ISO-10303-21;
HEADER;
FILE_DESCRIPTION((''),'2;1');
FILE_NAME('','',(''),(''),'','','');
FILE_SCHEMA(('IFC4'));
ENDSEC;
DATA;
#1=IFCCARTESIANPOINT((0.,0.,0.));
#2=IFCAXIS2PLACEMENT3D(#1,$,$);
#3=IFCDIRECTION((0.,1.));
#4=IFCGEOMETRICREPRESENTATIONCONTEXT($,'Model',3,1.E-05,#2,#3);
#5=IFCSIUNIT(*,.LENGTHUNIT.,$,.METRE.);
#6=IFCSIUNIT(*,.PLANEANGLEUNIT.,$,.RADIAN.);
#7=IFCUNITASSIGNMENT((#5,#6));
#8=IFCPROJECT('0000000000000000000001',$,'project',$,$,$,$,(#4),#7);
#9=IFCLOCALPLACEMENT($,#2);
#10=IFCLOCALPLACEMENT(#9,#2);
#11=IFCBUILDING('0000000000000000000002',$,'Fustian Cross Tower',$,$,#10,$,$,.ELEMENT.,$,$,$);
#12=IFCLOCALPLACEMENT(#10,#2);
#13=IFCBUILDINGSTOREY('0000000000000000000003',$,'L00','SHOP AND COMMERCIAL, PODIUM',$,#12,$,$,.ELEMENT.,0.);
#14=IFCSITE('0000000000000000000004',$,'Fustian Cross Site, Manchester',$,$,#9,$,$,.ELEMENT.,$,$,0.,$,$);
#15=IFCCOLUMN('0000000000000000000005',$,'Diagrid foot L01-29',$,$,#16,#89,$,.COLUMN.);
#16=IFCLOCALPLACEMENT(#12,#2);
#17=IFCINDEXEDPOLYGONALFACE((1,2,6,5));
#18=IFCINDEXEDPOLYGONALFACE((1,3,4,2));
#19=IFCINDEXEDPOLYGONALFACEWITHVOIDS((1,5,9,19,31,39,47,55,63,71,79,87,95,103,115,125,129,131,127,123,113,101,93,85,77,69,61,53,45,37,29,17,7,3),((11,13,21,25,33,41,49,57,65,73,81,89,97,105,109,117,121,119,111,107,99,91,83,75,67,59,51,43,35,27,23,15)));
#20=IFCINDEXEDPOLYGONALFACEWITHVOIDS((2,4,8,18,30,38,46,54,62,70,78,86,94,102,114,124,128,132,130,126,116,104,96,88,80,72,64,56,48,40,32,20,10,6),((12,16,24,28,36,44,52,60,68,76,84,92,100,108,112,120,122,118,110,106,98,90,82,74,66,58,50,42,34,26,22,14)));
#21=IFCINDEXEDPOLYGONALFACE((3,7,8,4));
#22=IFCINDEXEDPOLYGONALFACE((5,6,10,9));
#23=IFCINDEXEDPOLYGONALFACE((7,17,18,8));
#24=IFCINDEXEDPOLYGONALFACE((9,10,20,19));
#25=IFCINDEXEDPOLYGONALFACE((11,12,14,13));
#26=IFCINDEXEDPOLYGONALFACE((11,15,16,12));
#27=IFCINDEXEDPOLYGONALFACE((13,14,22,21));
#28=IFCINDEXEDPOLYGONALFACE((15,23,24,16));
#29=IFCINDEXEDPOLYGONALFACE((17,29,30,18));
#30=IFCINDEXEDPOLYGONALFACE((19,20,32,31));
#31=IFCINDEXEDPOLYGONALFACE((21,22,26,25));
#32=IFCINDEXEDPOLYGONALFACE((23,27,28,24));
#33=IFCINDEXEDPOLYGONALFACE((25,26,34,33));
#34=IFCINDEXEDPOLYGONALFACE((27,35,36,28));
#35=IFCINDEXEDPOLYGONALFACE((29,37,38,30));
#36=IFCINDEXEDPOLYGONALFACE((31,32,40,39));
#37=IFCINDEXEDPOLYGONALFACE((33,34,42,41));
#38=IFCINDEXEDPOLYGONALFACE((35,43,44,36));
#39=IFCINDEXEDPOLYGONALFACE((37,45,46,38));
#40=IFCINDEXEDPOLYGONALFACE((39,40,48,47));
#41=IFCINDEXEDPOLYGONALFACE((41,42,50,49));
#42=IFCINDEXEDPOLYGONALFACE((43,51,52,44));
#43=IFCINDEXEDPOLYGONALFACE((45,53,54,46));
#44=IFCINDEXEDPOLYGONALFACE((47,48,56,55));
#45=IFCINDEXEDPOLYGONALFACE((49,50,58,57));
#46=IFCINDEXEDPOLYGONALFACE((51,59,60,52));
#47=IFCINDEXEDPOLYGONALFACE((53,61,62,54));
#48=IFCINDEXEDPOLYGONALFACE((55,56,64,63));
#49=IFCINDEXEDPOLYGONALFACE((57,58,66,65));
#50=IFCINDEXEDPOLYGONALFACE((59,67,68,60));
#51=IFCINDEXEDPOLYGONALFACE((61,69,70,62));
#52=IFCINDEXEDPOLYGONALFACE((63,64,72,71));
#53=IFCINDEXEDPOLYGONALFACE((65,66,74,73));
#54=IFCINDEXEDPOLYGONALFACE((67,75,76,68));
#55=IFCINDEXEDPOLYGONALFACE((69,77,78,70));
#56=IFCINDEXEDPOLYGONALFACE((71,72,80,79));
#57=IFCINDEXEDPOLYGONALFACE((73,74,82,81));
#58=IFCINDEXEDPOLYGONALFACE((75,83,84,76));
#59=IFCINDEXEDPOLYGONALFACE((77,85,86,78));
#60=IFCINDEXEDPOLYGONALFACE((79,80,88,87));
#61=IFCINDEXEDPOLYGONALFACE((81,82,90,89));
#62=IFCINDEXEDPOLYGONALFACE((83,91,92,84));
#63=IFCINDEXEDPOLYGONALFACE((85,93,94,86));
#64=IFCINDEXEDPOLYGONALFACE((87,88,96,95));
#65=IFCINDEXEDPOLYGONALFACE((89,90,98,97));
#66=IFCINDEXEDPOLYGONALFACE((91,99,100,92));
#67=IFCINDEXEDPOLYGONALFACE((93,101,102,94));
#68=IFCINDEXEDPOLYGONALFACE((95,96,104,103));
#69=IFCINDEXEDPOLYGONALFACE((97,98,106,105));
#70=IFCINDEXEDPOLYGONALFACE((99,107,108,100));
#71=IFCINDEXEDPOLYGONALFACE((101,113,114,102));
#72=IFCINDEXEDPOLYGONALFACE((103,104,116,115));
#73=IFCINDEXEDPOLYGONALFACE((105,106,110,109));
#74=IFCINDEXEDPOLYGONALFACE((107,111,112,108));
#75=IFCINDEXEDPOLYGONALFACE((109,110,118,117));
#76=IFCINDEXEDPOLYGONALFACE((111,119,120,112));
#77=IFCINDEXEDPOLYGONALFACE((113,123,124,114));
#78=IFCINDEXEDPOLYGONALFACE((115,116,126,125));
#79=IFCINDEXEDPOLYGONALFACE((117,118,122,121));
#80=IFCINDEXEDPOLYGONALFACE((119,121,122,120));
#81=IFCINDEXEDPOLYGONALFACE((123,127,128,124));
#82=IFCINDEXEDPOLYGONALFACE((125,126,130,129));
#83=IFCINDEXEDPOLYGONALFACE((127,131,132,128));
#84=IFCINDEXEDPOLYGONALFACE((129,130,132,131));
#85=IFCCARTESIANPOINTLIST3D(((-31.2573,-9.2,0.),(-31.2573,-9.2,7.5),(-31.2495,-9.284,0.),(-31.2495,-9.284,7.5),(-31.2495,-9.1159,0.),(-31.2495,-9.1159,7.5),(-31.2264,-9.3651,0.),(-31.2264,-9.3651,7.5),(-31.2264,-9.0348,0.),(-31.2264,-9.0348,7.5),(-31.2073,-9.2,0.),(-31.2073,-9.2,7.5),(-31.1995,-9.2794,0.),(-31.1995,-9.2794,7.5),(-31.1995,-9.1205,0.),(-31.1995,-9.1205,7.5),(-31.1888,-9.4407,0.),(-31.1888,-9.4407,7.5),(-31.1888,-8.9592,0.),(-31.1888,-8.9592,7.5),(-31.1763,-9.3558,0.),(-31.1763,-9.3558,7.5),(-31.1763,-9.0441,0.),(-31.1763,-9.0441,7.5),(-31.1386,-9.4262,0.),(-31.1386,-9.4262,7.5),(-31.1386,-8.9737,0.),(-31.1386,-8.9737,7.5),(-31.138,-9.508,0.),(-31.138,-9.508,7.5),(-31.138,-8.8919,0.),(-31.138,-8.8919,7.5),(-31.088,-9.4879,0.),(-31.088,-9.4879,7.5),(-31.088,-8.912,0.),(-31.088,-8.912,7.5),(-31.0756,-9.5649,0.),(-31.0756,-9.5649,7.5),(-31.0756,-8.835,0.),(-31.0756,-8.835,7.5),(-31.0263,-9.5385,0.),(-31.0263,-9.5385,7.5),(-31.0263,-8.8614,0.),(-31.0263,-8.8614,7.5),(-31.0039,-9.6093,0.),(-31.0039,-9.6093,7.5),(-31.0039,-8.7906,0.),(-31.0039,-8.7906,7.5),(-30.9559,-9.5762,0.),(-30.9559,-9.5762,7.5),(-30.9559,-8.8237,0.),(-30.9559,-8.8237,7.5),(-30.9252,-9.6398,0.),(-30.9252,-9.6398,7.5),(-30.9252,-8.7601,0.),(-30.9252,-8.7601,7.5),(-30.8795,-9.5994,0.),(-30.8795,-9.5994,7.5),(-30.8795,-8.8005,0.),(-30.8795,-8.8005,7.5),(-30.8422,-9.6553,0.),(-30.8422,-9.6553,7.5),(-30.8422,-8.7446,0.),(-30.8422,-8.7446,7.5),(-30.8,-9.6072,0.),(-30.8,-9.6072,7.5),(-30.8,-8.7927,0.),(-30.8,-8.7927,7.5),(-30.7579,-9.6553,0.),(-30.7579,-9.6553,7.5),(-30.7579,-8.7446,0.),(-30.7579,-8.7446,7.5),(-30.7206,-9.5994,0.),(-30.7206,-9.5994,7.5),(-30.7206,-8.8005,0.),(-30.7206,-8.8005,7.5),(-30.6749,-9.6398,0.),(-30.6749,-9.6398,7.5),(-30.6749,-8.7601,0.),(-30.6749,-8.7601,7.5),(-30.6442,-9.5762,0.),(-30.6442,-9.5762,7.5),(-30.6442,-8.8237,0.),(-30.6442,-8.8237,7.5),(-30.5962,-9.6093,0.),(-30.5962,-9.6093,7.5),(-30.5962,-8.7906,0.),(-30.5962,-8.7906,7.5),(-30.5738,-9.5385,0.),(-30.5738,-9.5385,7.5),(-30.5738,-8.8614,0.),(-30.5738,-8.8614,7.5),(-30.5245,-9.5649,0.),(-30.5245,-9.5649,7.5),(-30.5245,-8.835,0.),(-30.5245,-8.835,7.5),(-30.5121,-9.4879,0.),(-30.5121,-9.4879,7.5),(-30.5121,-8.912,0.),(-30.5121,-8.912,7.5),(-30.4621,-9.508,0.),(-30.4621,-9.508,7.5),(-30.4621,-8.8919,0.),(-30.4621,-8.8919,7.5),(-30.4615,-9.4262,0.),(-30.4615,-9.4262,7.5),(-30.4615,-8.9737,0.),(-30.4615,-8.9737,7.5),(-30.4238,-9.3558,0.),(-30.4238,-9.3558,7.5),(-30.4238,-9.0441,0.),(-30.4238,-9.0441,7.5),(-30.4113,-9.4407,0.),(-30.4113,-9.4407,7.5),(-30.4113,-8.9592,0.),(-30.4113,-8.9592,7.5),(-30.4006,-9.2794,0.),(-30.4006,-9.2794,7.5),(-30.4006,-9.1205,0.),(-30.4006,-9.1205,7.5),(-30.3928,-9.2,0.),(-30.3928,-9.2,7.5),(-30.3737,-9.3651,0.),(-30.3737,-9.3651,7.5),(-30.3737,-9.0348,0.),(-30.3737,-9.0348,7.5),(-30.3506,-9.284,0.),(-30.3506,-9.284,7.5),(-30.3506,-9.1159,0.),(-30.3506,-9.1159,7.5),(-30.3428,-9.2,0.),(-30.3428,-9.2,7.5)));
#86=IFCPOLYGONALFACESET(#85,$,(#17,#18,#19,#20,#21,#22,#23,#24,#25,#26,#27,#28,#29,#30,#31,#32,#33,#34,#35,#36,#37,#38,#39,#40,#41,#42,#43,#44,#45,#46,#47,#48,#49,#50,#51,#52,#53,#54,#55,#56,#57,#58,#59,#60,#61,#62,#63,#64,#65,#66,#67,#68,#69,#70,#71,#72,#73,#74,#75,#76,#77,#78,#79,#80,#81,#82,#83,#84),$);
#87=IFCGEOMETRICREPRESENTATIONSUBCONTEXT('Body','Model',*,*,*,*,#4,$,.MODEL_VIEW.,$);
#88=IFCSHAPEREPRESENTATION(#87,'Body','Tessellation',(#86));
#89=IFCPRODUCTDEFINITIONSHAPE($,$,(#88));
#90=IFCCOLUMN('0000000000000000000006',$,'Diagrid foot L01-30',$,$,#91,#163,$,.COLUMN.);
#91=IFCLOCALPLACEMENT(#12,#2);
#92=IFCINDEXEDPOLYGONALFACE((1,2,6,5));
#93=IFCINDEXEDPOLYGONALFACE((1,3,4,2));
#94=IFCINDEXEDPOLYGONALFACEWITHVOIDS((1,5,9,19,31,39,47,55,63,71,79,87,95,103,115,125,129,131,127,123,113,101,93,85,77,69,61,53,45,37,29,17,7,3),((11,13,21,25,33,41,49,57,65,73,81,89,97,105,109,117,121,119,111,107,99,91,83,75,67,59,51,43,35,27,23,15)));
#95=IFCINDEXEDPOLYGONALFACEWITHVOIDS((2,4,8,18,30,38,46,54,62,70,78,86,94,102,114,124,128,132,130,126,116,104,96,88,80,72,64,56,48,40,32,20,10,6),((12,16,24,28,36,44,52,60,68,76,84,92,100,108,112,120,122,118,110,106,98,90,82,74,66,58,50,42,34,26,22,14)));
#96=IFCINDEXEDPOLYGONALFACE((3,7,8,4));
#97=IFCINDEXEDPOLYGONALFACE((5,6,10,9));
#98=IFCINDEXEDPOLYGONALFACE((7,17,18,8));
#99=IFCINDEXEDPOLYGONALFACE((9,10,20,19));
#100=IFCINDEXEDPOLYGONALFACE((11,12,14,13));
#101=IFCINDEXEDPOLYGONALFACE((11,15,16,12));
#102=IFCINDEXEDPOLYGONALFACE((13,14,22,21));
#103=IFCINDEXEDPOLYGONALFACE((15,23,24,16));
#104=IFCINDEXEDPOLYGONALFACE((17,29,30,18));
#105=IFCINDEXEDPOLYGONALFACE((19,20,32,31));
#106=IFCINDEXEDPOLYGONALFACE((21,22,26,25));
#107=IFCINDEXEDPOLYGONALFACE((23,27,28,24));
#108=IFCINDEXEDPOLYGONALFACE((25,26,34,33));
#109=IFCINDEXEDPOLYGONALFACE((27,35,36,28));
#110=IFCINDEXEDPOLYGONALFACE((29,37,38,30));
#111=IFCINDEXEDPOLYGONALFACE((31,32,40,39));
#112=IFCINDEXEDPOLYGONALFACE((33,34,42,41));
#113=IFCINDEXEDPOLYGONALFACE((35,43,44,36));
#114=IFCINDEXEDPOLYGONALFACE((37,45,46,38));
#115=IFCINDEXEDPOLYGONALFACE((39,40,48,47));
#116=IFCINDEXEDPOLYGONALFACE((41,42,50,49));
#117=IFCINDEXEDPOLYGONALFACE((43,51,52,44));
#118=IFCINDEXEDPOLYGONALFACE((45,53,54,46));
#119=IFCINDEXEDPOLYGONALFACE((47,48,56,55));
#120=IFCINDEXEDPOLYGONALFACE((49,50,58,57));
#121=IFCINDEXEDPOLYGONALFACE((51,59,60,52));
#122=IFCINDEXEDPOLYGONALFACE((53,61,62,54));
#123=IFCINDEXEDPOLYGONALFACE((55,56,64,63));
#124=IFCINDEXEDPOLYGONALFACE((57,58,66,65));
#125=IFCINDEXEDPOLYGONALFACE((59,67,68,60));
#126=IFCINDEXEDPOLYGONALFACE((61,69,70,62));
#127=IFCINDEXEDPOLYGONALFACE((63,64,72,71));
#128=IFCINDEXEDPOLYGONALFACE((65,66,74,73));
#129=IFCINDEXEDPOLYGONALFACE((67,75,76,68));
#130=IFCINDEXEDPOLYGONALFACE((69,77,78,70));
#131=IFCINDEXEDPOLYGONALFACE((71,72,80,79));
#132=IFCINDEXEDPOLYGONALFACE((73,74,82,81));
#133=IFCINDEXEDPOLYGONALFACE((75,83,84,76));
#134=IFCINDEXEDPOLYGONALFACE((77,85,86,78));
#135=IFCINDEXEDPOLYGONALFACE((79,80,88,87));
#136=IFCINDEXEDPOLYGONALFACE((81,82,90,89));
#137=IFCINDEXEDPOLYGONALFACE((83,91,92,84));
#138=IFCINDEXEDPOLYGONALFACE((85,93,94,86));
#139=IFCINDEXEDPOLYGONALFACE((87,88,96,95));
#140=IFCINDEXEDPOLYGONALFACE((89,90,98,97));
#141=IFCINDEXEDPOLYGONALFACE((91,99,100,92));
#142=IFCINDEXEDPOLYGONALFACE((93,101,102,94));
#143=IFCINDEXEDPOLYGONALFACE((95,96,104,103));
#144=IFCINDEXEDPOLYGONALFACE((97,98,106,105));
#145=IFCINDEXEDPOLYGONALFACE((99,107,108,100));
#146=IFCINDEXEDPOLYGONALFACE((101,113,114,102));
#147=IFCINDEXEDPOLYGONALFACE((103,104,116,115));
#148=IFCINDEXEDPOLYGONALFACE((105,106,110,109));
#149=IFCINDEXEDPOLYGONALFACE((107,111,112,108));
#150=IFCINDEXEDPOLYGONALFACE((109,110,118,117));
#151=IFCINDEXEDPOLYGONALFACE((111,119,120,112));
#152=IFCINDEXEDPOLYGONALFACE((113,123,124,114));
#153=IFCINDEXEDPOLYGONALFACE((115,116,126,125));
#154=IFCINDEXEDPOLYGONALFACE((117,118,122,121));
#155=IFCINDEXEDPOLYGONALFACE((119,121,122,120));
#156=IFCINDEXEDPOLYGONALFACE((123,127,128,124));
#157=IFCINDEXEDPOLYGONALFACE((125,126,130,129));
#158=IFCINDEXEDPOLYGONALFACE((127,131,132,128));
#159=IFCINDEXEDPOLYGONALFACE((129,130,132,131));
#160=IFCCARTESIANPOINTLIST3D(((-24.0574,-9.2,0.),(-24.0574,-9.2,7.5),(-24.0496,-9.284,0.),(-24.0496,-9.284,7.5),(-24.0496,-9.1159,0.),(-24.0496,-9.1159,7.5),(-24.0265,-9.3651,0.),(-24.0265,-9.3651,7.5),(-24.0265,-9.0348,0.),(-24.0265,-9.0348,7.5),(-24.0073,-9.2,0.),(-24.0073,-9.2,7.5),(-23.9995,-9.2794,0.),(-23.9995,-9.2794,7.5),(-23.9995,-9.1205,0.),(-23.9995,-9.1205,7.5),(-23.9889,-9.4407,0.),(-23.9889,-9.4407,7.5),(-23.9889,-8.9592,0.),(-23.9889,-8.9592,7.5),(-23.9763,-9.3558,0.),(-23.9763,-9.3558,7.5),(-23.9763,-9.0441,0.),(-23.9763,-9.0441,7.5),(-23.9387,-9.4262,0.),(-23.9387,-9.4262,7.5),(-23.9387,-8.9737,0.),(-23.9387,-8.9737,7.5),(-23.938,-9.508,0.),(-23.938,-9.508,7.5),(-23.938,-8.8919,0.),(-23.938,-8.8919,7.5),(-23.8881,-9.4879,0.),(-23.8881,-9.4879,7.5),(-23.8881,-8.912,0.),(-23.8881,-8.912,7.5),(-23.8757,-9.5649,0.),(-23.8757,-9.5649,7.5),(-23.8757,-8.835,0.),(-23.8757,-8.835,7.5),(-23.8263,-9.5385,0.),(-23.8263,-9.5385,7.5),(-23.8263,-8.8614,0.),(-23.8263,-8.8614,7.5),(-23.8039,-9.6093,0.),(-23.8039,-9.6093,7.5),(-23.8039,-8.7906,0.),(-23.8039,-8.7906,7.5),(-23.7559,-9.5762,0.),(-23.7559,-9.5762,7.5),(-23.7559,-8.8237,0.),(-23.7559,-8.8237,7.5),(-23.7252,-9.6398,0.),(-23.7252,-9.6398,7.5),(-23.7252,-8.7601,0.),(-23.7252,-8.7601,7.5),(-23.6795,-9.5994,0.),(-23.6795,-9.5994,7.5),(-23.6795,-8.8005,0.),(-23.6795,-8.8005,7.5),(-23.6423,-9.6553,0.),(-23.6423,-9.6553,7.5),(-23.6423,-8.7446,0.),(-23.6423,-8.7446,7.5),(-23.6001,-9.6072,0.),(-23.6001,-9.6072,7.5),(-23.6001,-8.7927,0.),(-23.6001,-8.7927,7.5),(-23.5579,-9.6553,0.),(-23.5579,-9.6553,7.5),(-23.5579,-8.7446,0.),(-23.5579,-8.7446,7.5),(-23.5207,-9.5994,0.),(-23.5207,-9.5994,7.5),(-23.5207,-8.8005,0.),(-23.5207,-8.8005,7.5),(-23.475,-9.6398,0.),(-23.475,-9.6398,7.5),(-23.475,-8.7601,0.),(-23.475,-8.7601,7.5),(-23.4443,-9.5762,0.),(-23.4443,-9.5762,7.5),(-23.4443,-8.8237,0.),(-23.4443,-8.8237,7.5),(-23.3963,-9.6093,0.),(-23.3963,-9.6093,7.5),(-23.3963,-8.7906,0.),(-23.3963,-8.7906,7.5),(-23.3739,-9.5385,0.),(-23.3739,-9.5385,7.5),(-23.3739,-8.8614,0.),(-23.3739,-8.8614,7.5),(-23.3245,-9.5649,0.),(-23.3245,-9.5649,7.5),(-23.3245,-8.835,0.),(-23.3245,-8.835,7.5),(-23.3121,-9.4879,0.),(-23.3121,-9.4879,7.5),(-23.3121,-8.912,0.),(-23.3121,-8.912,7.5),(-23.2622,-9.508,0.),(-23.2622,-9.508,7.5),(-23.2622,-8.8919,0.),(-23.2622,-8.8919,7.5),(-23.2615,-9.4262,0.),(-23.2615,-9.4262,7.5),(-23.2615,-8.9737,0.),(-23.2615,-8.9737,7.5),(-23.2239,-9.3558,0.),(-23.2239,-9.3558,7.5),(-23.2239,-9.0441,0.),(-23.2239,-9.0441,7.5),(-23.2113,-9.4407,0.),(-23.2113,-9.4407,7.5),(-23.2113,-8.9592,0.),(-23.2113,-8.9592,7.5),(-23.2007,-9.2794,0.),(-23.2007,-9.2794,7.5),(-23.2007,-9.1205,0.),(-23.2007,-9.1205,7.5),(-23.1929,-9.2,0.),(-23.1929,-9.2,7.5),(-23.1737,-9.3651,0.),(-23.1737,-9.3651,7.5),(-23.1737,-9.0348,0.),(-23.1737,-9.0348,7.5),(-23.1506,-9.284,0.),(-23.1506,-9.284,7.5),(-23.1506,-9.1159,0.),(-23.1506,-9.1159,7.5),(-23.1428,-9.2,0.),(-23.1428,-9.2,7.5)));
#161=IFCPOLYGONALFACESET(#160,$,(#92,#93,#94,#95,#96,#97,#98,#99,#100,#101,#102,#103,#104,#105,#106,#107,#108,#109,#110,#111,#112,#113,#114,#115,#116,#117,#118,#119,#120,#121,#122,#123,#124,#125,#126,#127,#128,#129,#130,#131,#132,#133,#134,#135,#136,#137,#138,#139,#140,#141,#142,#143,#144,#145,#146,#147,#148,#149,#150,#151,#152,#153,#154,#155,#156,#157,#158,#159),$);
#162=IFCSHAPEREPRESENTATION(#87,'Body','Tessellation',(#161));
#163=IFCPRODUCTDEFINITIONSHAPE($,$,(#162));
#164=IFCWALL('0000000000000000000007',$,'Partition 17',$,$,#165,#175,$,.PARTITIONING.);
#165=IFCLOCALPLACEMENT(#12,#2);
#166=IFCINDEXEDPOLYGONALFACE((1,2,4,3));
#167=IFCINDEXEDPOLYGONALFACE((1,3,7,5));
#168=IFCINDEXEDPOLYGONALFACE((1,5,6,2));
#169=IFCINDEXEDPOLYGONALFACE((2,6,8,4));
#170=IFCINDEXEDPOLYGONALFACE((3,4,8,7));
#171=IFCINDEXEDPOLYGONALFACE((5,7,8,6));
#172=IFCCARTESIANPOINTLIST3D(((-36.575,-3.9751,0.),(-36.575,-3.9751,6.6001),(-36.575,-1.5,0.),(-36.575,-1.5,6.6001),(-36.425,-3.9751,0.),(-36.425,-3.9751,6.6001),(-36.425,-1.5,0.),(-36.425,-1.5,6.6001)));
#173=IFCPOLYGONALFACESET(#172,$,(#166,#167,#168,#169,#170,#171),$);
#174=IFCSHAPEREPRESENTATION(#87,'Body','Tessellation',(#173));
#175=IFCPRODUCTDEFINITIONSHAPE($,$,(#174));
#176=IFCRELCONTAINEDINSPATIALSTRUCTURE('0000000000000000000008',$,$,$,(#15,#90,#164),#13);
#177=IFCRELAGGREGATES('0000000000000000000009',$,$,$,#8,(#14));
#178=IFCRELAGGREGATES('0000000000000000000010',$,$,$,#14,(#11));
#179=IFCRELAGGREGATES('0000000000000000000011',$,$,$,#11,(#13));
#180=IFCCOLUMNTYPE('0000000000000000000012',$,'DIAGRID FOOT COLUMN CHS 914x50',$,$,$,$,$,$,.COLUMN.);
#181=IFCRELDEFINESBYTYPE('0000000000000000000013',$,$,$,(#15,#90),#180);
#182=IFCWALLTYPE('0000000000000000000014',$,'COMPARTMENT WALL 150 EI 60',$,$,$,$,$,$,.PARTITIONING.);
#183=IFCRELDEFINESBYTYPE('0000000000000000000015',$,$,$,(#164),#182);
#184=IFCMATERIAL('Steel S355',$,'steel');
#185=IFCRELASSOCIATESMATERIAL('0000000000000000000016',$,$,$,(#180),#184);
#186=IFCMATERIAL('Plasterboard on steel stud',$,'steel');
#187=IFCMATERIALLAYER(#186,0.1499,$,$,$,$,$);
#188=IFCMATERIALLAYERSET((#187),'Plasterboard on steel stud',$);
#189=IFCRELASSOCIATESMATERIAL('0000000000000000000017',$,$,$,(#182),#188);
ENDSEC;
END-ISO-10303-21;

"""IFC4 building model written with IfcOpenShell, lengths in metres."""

from ifc_helpers import new_model, si_unit, direction, frame, frame_2d, origin, origin_2d, place, context, subcontext, project, spatial, rectangle, hollow_circle, extrude, material, layer, layer_set, material_profile, profile_set, type_object, element, save


model = new_model("IFC4")

# Units and contexts
model_context = context("Model", 3, precision=1e-05, world=origin(), true_north=direction((0.0, 1.0)))
body_context = subcontext(model_context, "Body", "Model", "MODEL_VIEW")
ifc_project = project(units=[si_unit("LENGTHUNIT", "METRE"), si_unit("PLANEANGLEUNIT", "RADIAN")], contexts=[model_context])

# Site, building, storey
site_placement = place(None, origin())
site = spatial("IfcSite", under=ifc_project, at=site_placement, Name="Fustian Cross Site, Manchester", CompositionType="ELEMENT", RefElevation=0.0)
building_placement = place(site_placement, origin())
building = spatial("IfcBuilding", under=site, at=building_placement, Name="Fustian Cross Tower", CompositionType="ELEMENT")
storey_placement = place(building_placement, origin())
storey = spatial("IfcBuildingStorey", under=building, at=storey_placement, Name="L00", Description="SHOP AND COMMERCIAL, PODIUM", CompositionType="ELEMENT", Elevation=0.0)

# Columns
ifc_material_1 = material(Name="Steel S355", Category="steel")
ifc_material_profile_1 = material_profile(ifc_material_1, hollow_circle(Radius=0.4573, WallThickness=0.05, at=origin_2d()), Name="CHS 914x50")
ifc_profile_set_1 = profile_set([ifc_material_profile_1], Name="Steel S355")
column_type_1 = type_object("IfcColumnType", Name="DIAGRID FOOT COLUMN CHS 914x50", PredefinedType="COLUMN", material=ifc_profile_set_1)
for number, where, z_axis, x_axis, name in (
    (1, (-30.8, -9.2, 0.0), (0.0, 0.0, 1.0), (1.0, 0.0, 0.0), "Diagrid foot L01-29"),
    (2, (-23.6001, -9.2, 0.0), (0.0, 0.0, 1.0), (1.0, 0.0, 0.0), "Diagrid foot L01-30"),
):
    element("IfcColumn", number, at=place(storey_placement, frame(where, z_axis=z_axis, x_axis=x_axis)), inside=storey, type_object=column_type_1, Name=name, PredefinedType="COLUMN", context=body_context, shape_type="SweptSolid", body=[
        extrude(hollow_circle(Radius=0.4573, WallThickness=0.05, at=origin_2d()), origin(), (0.0, 0.0, 1.0), 7.5),
    ])

# Wall
ifc_material_2 = material(Name="Plasterboard on steel stud", Category="steel")
ifc_layer = layer(ifc_material_2, 0.1499)
ifc_layer_set = layer_set([ifc_layer], Name="Plasterboard on steel stud")
wall_type = type_object("IfcWallType", Name="COMPARTMENT WALL 150 EI 60", PredefinedType="PARTITIONING", material=ifc_layer_set)
wall_1_placement = place(storey_placement, frame((-36.5, -3.9751, 0.0), z_axis=(0.0, 0.0, 1.0), x_axis=(0.0, 1.0, 0.0)))
element("IfcWall", 3, at=wall_1_placement, inside=storey, type_object=wall_type, Name="Partition 17", PredefinedType="PARTITIONING", context=body_context, shape_type="SweptSolid", body=[
    extrude(rectangle(XDim=2.4751, YDim=0.1499, at=frame_2d((1.2375, 0.0))), origin(), (0.0, 0.0, 1.0), 6.6001),
])

save(model, "model.ifc")
